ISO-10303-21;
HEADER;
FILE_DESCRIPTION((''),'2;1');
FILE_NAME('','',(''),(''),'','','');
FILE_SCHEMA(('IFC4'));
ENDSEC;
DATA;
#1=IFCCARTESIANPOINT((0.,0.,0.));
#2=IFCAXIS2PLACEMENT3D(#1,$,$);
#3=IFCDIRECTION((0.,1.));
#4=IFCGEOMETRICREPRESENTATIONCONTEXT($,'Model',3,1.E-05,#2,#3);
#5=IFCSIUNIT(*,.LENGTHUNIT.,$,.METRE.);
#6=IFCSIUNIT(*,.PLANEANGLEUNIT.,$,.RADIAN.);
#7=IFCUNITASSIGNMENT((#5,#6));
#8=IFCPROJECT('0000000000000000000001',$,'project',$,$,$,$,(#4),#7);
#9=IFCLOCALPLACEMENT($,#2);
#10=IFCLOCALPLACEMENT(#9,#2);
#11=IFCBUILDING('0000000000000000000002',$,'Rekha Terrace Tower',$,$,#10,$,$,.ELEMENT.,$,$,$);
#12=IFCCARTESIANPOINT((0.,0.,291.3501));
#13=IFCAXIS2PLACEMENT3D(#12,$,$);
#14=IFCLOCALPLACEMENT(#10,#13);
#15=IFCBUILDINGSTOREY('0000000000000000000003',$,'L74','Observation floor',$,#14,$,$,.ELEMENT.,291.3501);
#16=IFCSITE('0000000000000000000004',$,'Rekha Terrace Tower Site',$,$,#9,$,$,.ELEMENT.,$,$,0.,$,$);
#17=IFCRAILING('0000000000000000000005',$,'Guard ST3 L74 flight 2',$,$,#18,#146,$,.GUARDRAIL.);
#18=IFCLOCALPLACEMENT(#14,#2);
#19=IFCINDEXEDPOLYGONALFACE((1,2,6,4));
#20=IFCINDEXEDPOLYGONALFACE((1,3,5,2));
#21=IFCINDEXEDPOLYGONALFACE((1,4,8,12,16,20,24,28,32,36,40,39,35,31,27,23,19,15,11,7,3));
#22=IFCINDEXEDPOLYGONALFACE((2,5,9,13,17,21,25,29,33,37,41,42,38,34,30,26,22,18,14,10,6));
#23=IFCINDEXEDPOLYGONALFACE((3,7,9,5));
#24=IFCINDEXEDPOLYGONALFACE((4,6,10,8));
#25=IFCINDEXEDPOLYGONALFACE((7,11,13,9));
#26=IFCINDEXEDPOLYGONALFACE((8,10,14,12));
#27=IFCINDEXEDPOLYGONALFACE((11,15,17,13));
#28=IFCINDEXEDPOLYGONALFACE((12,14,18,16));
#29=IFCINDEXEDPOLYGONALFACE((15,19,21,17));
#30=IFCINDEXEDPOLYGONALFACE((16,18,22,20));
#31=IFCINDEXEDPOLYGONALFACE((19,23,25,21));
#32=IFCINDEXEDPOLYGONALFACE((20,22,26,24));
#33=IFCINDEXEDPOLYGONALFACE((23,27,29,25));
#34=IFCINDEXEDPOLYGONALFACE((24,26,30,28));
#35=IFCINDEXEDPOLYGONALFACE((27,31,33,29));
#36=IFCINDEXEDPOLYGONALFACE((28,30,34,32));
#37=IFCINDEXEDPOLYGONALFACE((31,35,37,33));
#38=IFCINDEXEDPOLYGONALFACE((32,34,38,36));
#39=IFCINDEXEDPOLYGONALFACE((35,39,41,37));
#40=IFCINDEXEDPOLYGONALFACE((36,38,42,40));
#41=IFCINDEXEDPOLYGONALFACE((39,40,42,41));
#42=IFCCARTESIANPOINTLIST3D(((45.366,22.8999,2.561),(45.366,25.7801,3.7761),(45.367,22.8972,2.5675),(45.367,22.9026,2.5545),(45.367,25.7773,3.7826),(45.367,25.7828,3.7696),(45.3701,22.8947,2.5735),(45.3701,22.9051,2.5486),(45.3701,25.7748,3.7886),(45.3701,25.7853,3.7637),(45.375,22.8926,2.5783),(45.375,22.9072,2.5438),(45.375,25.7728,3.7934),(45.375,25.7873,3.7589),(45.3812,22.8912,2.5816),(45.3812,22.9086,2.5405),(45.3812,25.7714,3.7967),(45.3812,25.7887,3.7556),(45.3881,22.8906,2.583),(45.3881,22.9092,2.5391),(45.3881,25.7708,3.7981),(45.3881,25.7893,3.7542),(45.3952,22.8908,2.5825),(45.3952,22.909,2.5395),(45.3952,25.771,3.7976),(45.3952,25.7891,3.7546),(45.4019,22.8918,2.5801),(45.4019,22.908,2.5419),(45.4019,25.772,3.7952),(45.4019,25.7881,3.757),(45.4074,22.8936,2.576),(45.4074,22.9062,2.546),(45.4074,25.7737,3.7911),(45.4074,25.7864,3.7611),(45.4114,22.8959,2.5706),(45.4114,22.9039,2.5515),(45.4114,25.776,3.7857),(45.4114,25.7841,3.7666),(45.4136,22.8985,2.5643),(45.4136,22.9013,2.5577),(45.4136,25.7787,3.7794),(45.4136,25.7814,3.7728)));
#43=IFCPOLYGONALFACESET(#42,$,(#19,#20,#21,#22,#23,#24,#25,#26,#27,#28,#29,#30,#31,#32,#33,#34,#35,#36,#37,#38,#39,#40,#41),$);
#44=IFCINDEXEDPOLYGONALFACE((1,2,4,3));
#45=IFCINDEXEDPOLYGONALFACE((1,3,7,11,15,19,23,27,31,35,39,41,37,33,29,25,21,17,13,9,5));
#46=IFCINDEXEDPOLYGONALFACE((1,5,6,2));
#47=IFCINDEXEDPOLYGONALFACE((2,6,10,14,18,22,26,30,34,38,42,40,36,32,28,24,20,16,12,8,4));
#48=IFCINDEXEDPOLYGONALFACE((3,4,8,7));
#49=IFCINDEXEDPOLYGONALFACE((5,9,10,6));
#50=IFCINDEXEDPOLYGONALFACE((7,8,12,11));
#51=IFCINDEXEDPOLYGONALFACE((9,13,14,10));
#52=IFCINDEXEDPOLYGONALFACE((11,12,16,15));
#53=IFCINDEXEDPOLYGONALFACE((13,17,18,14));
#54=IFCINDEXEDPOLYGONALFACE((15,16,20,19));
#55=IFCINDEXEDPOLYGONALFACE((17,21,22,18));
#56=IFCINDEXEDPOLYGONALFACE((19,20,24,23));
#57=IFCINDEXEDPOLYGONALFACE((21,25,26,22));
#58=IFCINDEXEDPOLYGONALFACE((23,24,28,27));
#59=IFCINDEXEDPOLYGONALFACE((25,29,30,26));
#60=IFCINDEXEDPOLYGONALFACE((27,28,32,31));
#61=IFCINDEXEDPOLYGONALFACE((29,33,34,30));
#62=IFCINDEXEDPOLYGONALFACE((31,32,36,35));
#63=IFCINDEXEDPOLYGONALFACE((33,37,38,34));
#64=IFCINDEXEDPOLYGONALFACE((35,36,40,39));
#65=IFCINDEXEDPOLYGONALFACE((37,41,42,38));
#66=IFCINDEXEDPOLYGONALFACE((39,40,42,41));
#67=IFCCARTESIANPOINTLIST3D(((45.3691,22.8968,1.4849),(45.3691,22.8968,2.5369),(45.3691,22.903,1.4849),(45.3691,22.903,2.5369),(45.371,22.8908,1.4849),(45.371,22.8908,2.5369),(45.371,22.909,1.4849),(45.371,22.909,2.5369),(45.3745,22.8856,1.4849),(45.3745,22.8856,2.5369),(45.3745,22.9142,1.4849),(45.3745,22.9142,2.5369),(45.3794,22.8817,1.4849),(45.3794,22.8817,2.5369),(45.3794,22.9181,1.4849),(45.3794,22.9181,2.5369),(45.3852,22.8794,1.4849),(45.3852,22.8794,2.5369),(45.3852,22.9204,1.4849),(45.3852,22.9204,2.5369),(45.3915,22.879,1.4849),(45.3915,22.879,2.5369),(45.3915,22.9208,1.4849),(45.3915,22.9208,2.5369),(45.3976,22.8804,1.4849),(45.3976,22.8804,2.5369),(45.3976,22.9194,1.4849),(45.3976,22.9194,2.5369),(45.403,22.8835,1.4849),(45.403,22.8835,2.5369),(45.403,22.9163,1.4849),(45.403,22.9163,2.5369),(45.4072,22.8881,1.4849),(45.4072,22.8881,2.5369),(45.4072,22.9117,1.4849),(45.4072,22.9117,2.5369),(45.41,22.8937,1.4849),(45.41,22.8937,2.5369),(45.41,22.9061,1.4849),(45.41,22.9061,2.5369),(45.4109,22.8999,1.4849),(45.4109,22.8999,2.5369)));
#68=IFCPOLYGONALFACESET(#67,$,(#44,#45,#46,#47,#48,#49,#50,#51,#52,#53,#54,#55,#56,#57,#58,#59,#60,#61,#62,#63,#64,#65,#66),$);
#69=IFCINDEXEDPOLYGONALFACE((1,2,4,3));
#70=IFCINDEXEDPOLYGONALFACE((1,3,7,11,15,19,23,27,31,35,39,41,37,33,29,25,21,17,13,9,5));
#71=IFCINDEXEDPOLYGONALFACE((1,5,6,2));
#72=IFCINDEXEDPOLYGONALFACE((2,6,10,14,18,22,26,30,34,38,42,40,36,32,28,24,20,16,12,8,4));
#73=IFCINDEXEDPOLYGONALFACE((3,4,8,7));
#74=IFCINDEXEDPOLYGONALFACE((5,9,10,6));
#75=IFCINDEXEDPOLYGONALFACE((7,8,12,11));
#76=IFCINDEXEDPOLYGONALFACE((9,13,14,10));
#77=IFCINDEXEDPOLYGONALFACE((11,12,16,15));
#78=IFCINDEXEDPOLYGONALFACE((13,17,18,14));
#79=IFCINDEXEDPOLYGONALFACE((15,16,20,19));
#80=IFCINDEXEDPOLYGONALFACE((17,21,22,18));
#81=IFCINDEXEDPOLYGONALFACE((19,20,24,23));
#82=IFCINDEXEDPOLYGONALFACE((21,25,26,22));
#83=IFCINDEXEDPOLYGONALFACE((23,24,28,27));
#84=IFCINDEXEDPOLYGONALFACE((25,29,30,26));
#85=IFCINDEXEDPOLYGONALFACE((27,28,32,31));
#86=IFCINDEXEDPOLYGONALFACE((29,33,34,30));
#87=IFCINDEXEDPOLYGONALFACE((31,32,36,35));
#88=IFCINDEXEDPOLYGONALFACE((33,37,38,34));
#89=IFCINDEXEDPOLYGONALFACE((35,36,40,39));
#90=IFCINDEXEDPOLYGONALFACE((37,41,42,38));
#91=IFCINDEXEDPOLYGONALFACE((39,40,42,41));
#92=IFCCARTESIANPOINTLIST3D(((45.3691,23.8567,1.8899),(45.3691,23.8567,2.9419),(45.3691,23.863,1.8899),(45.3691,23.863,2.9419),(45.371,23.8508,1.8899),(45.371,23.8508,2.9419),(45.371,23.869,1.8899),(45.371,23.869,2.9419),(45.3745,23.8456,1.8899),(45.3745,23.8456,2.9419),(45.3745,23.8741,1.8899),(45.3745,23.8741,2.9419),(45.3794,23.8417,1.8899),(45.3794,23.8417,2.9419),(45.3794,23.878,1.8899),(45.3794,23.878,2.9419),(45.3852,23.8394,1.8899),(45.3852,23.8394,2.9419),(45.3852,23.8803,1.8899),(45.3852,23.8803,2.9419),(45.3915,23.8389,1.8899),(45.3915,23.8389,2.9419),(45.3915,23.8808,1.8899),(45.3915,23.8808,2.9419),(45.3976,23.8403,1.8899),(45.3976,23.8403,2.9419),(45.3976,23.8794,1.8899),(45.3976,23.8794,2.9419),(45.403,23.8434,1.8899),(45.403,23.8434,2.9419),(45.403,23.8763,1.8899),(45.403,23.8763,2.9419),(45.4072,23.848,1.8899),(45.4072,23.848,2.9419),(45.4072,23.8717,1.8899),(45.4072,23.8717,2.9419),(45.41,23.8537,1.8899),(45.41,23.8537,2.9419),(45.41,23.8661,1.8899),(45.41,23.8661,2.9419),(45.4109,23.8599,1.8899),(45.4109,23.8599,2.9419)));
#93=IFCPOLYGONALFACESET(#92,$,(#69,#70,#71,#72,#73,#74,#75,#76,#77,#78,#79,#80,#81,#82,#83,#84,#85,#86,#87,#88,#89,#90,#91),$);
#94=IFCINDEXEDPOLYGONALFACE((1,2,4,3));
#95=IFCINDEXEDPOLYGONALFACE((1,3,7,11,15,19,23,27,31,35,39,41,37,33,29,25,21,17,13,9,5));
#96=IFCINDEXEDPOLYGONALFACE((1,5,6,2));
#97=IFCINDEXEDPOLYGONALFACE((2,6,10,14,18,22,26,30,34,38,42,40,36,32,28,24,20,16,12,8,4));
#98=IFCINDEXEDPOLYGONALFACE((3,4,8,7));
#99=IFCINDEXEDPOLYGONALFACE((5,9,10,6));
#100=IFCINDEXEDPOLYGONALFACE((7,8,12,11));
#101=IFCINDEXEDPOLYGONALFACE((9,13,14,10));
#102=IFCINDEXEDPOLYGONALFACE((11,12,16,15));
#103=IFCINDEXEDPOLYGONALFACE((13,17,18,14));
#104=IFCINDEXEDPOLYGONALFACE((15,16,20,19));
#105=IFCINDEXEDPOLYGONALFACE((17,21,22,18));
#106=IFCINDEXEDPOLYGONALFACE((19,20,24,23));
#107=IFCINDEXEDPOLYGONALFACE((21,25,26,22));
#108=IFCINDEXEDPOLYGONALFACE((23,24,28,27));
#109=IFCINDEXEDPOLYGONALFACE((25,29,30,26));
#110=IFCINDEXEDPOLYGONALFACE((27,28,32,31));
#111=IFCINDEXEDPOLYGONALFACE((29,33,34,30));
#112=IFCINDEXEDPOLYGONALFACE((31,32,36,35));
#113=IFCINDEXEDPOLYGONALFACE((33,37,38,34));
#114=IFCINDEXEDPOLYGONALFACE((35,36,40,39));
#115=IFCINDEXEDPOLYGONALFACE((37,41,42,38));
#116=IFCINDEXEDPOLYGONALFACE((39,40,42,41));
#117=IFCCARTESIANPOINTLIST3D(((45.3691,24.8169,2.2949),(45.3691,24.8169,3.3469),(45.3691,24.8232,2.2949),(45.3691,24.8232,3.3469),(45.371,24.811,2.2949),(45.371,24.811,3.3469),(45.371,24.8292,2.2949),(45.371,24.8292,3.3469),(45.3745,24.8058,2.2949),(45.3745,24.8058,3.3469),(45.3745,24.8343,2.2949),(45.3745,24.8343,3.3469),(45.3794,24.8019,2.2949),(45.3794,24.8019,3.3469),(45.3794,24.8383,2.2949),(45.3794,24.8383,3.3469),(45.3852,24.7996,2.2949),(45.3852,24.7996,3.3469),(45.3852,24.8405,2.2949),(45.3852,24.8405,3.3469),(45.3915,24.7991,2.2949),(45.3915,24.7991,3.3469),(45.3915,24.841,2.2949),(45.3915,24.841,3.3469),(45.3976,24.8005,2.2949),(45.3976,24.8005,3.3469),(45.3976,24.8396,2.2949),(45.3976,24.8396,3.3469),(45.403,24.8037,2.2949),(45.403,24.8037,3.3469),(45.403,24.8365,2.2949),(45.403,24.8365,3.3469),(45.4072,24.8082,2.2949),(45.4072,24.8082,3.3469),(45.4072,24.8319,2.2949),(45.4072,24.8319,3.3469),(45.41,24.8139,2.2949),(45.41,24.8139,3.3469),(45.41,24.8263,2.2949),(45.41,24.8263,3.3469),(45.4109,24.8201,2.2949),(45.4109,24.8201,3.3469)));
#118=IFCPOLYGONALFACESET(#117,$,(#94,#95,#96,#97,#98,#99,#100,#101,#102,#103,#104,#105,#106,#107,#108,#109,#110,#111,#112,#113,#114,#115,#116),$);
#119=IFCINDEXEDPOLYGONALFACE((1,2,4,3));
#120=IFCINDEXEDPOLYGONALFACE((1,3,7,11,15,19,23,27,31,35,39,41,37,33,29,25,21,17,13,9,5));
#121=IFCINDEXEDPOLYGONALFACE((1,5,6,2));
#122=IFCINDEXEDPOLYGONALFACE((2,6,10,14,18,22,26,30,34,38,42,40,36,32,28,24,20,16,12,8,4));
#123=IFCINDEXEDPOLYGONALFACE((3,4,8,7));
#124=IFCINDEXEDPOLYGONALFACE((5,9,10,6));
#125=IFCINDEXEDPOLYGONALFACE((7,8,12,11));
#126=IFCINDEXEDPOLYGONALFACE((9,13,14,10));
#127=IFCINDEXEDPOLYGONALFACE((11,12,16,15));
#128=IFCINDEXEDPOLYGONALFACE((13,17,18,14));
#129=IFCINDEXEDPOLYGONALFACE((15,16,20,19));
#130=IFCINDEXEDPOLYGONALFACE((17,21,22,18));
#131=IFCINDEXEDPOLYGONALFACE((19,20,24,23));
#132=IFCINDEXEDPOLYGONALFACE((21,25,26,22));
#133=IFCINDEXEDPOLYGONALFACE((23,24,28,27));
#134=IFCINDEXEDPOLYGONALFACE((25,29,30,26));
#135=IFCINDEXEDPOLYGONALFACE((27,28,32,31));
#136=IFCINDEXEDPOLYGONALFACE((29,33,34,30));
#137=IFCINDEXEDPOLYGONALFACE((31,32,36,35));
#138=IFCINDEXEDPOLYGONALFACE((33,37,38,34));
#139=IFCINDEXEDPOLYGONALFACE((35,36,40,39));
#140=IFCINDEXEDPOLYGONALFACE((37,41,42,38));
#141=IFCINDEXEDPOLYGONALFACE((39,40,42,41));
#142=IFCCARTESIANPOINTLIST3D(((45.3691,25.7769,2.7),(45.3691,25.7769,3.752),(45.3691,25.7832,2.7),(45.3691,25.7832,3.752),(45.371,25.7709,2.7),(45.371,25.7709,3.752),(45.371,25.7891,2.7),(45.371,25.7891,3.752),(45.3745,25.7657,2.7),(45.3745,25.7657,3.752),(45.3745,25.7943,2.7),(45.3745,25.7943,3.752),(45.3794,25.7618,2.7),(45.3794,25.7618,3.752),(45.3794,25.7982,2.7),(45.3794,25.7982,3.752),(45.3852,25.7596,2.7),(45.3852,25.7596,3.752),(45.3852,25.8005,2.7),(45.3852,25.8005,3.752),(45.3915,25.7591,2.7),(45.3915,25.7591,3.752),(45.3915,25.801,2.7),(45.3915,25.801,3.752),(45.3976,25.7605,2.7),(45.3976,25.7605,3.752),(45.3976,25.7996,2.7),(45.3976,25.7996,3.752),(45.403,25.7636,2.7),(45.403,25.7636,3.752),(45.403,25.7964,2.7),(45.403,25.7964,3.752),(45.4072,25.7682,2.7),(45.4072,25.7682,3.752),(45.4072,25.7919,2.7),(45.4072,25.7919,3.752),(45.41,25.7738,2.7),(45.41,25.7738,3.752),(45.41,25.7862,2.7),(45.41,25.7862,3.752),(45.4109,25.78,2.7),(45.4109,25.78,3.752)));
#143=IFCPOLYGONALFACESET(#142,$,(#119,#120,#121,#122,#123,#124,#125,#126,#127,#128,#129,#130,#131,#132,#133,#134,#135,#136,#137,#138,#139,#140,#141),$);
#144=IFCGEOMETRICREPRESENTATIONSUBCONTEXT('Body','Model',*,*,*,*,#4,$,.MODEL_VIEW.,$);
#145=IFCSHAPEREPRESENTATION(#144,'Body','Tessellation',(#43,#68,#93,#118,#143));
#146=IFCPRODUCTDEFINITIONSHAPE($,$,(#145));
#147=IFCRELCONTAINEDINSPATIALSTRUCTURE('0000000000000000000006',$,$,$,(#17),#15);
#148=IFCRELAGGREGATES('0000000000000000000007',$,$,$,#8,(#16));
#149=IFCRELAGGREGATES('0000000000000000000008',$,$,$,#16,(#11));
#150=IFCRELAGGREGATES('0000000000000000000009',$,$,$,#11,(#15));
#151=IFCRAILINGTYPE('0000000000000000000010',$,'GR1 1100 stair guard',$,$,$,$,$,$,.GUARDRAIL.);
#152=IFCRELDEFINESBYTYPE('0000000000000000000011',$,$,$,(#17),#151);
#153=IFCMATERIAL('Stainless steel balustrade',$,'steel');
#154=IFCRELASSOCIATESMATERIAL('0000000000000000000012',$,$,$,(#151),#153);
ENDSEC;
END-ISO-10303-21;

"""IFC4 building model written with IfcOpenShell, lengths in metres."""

from ifc_helpers import new_model, si_unit, direction, frame, origin, origin_2d, place, context, subcontext, project, spatial, circle, extrude, material, type_object, element, save


model = new_model("IFC4")

# Units and contexts
model_context = context("Model", 3, precision=1e-05, world=origin(), true_north=direction((0.0, 1.0)))
body_context = subcontext(model_context, "Body", "Model", "MODEL_VIEW")
ifc_project = project(units=[si_unit("LENGTHUNIT", "METRE"), si_unit("PLANEANGLEUNIT", "RADIAN")], contexts=[model_context])

# Site, building, storey
site_placement = place(None, origin())
site = spatial("IfcSite", under=ifc_project, at=site_placement, Name="Rekha Terrace Tower Site", CompositionType="ELEMENT", RefElevation=0.0)
building_placement = place(site_placement, origin())
building = spatial("IfcBuilding", under=site, at=building_placement, Name="Rekha Terrace Tower", CompositionType="ELEMENT")
storey_placement = place(building_placement, frame((0.0, 0.0, 291.3501)))
storey = spatial("IfcBuildingStorey", under=building, at=storey_placement, Name="L74", Description="Observation floor", CompositionType="ELEMENT", Elevation=291.3501)

# Railing
ifc_material_1 = material(Name="Stainless steel balustrade", Category="steel")
railing_type_1 = type_object("IfcRailingType", Name="GR1 1100 stair guard", PredefinedType="GUARDRAIL", material=ifc_material_1)
railing_1_placement = place(storey_placement, frame((45.3899, 22.8999, 1.4849)))
element("IfcRailing", 1, at=railing_1_placement, inside=storey, type_object=railing_type_1, Name="Guard ST3 L74 flight 2", PredefinedType="GUARDRAIL", context=body_context, shape_type="SweptSolid", body=[
    extrude(circle(Radius=0.0239, at=origin_2d()), frame((0.0, 0.0, 1.0762), z_axis=(0.0, 0.92136, 0.38871), x_axis=(-1.0, 0.0, 0.0)), (0.0, 0.0, 1.0), 3.126),
    extrude(circle(Radius=0.021, at=origin_2d()), origin(), (0.0, 0.0, 1.0), 1.052),
    extrude(circle(Radius=0.021, at=origin_2d()), frame((0.0, 0.96, 0.405)), (0.0, 0.0, 1.0), 1.052),
    extrude(circle(Radius=0.021, at=origin_2d()), frame((0.0, 1.9202, 0.8101)), (0.0, 0.0, 1.0), 1.052),
    extrude(circle(Radius=0.021, at=origin_2d()), frame((0.0, 2.8801, 1.2151)), (0.0, 0.0, 1.0), 1.052),
])

save(model, "model.ifc")
